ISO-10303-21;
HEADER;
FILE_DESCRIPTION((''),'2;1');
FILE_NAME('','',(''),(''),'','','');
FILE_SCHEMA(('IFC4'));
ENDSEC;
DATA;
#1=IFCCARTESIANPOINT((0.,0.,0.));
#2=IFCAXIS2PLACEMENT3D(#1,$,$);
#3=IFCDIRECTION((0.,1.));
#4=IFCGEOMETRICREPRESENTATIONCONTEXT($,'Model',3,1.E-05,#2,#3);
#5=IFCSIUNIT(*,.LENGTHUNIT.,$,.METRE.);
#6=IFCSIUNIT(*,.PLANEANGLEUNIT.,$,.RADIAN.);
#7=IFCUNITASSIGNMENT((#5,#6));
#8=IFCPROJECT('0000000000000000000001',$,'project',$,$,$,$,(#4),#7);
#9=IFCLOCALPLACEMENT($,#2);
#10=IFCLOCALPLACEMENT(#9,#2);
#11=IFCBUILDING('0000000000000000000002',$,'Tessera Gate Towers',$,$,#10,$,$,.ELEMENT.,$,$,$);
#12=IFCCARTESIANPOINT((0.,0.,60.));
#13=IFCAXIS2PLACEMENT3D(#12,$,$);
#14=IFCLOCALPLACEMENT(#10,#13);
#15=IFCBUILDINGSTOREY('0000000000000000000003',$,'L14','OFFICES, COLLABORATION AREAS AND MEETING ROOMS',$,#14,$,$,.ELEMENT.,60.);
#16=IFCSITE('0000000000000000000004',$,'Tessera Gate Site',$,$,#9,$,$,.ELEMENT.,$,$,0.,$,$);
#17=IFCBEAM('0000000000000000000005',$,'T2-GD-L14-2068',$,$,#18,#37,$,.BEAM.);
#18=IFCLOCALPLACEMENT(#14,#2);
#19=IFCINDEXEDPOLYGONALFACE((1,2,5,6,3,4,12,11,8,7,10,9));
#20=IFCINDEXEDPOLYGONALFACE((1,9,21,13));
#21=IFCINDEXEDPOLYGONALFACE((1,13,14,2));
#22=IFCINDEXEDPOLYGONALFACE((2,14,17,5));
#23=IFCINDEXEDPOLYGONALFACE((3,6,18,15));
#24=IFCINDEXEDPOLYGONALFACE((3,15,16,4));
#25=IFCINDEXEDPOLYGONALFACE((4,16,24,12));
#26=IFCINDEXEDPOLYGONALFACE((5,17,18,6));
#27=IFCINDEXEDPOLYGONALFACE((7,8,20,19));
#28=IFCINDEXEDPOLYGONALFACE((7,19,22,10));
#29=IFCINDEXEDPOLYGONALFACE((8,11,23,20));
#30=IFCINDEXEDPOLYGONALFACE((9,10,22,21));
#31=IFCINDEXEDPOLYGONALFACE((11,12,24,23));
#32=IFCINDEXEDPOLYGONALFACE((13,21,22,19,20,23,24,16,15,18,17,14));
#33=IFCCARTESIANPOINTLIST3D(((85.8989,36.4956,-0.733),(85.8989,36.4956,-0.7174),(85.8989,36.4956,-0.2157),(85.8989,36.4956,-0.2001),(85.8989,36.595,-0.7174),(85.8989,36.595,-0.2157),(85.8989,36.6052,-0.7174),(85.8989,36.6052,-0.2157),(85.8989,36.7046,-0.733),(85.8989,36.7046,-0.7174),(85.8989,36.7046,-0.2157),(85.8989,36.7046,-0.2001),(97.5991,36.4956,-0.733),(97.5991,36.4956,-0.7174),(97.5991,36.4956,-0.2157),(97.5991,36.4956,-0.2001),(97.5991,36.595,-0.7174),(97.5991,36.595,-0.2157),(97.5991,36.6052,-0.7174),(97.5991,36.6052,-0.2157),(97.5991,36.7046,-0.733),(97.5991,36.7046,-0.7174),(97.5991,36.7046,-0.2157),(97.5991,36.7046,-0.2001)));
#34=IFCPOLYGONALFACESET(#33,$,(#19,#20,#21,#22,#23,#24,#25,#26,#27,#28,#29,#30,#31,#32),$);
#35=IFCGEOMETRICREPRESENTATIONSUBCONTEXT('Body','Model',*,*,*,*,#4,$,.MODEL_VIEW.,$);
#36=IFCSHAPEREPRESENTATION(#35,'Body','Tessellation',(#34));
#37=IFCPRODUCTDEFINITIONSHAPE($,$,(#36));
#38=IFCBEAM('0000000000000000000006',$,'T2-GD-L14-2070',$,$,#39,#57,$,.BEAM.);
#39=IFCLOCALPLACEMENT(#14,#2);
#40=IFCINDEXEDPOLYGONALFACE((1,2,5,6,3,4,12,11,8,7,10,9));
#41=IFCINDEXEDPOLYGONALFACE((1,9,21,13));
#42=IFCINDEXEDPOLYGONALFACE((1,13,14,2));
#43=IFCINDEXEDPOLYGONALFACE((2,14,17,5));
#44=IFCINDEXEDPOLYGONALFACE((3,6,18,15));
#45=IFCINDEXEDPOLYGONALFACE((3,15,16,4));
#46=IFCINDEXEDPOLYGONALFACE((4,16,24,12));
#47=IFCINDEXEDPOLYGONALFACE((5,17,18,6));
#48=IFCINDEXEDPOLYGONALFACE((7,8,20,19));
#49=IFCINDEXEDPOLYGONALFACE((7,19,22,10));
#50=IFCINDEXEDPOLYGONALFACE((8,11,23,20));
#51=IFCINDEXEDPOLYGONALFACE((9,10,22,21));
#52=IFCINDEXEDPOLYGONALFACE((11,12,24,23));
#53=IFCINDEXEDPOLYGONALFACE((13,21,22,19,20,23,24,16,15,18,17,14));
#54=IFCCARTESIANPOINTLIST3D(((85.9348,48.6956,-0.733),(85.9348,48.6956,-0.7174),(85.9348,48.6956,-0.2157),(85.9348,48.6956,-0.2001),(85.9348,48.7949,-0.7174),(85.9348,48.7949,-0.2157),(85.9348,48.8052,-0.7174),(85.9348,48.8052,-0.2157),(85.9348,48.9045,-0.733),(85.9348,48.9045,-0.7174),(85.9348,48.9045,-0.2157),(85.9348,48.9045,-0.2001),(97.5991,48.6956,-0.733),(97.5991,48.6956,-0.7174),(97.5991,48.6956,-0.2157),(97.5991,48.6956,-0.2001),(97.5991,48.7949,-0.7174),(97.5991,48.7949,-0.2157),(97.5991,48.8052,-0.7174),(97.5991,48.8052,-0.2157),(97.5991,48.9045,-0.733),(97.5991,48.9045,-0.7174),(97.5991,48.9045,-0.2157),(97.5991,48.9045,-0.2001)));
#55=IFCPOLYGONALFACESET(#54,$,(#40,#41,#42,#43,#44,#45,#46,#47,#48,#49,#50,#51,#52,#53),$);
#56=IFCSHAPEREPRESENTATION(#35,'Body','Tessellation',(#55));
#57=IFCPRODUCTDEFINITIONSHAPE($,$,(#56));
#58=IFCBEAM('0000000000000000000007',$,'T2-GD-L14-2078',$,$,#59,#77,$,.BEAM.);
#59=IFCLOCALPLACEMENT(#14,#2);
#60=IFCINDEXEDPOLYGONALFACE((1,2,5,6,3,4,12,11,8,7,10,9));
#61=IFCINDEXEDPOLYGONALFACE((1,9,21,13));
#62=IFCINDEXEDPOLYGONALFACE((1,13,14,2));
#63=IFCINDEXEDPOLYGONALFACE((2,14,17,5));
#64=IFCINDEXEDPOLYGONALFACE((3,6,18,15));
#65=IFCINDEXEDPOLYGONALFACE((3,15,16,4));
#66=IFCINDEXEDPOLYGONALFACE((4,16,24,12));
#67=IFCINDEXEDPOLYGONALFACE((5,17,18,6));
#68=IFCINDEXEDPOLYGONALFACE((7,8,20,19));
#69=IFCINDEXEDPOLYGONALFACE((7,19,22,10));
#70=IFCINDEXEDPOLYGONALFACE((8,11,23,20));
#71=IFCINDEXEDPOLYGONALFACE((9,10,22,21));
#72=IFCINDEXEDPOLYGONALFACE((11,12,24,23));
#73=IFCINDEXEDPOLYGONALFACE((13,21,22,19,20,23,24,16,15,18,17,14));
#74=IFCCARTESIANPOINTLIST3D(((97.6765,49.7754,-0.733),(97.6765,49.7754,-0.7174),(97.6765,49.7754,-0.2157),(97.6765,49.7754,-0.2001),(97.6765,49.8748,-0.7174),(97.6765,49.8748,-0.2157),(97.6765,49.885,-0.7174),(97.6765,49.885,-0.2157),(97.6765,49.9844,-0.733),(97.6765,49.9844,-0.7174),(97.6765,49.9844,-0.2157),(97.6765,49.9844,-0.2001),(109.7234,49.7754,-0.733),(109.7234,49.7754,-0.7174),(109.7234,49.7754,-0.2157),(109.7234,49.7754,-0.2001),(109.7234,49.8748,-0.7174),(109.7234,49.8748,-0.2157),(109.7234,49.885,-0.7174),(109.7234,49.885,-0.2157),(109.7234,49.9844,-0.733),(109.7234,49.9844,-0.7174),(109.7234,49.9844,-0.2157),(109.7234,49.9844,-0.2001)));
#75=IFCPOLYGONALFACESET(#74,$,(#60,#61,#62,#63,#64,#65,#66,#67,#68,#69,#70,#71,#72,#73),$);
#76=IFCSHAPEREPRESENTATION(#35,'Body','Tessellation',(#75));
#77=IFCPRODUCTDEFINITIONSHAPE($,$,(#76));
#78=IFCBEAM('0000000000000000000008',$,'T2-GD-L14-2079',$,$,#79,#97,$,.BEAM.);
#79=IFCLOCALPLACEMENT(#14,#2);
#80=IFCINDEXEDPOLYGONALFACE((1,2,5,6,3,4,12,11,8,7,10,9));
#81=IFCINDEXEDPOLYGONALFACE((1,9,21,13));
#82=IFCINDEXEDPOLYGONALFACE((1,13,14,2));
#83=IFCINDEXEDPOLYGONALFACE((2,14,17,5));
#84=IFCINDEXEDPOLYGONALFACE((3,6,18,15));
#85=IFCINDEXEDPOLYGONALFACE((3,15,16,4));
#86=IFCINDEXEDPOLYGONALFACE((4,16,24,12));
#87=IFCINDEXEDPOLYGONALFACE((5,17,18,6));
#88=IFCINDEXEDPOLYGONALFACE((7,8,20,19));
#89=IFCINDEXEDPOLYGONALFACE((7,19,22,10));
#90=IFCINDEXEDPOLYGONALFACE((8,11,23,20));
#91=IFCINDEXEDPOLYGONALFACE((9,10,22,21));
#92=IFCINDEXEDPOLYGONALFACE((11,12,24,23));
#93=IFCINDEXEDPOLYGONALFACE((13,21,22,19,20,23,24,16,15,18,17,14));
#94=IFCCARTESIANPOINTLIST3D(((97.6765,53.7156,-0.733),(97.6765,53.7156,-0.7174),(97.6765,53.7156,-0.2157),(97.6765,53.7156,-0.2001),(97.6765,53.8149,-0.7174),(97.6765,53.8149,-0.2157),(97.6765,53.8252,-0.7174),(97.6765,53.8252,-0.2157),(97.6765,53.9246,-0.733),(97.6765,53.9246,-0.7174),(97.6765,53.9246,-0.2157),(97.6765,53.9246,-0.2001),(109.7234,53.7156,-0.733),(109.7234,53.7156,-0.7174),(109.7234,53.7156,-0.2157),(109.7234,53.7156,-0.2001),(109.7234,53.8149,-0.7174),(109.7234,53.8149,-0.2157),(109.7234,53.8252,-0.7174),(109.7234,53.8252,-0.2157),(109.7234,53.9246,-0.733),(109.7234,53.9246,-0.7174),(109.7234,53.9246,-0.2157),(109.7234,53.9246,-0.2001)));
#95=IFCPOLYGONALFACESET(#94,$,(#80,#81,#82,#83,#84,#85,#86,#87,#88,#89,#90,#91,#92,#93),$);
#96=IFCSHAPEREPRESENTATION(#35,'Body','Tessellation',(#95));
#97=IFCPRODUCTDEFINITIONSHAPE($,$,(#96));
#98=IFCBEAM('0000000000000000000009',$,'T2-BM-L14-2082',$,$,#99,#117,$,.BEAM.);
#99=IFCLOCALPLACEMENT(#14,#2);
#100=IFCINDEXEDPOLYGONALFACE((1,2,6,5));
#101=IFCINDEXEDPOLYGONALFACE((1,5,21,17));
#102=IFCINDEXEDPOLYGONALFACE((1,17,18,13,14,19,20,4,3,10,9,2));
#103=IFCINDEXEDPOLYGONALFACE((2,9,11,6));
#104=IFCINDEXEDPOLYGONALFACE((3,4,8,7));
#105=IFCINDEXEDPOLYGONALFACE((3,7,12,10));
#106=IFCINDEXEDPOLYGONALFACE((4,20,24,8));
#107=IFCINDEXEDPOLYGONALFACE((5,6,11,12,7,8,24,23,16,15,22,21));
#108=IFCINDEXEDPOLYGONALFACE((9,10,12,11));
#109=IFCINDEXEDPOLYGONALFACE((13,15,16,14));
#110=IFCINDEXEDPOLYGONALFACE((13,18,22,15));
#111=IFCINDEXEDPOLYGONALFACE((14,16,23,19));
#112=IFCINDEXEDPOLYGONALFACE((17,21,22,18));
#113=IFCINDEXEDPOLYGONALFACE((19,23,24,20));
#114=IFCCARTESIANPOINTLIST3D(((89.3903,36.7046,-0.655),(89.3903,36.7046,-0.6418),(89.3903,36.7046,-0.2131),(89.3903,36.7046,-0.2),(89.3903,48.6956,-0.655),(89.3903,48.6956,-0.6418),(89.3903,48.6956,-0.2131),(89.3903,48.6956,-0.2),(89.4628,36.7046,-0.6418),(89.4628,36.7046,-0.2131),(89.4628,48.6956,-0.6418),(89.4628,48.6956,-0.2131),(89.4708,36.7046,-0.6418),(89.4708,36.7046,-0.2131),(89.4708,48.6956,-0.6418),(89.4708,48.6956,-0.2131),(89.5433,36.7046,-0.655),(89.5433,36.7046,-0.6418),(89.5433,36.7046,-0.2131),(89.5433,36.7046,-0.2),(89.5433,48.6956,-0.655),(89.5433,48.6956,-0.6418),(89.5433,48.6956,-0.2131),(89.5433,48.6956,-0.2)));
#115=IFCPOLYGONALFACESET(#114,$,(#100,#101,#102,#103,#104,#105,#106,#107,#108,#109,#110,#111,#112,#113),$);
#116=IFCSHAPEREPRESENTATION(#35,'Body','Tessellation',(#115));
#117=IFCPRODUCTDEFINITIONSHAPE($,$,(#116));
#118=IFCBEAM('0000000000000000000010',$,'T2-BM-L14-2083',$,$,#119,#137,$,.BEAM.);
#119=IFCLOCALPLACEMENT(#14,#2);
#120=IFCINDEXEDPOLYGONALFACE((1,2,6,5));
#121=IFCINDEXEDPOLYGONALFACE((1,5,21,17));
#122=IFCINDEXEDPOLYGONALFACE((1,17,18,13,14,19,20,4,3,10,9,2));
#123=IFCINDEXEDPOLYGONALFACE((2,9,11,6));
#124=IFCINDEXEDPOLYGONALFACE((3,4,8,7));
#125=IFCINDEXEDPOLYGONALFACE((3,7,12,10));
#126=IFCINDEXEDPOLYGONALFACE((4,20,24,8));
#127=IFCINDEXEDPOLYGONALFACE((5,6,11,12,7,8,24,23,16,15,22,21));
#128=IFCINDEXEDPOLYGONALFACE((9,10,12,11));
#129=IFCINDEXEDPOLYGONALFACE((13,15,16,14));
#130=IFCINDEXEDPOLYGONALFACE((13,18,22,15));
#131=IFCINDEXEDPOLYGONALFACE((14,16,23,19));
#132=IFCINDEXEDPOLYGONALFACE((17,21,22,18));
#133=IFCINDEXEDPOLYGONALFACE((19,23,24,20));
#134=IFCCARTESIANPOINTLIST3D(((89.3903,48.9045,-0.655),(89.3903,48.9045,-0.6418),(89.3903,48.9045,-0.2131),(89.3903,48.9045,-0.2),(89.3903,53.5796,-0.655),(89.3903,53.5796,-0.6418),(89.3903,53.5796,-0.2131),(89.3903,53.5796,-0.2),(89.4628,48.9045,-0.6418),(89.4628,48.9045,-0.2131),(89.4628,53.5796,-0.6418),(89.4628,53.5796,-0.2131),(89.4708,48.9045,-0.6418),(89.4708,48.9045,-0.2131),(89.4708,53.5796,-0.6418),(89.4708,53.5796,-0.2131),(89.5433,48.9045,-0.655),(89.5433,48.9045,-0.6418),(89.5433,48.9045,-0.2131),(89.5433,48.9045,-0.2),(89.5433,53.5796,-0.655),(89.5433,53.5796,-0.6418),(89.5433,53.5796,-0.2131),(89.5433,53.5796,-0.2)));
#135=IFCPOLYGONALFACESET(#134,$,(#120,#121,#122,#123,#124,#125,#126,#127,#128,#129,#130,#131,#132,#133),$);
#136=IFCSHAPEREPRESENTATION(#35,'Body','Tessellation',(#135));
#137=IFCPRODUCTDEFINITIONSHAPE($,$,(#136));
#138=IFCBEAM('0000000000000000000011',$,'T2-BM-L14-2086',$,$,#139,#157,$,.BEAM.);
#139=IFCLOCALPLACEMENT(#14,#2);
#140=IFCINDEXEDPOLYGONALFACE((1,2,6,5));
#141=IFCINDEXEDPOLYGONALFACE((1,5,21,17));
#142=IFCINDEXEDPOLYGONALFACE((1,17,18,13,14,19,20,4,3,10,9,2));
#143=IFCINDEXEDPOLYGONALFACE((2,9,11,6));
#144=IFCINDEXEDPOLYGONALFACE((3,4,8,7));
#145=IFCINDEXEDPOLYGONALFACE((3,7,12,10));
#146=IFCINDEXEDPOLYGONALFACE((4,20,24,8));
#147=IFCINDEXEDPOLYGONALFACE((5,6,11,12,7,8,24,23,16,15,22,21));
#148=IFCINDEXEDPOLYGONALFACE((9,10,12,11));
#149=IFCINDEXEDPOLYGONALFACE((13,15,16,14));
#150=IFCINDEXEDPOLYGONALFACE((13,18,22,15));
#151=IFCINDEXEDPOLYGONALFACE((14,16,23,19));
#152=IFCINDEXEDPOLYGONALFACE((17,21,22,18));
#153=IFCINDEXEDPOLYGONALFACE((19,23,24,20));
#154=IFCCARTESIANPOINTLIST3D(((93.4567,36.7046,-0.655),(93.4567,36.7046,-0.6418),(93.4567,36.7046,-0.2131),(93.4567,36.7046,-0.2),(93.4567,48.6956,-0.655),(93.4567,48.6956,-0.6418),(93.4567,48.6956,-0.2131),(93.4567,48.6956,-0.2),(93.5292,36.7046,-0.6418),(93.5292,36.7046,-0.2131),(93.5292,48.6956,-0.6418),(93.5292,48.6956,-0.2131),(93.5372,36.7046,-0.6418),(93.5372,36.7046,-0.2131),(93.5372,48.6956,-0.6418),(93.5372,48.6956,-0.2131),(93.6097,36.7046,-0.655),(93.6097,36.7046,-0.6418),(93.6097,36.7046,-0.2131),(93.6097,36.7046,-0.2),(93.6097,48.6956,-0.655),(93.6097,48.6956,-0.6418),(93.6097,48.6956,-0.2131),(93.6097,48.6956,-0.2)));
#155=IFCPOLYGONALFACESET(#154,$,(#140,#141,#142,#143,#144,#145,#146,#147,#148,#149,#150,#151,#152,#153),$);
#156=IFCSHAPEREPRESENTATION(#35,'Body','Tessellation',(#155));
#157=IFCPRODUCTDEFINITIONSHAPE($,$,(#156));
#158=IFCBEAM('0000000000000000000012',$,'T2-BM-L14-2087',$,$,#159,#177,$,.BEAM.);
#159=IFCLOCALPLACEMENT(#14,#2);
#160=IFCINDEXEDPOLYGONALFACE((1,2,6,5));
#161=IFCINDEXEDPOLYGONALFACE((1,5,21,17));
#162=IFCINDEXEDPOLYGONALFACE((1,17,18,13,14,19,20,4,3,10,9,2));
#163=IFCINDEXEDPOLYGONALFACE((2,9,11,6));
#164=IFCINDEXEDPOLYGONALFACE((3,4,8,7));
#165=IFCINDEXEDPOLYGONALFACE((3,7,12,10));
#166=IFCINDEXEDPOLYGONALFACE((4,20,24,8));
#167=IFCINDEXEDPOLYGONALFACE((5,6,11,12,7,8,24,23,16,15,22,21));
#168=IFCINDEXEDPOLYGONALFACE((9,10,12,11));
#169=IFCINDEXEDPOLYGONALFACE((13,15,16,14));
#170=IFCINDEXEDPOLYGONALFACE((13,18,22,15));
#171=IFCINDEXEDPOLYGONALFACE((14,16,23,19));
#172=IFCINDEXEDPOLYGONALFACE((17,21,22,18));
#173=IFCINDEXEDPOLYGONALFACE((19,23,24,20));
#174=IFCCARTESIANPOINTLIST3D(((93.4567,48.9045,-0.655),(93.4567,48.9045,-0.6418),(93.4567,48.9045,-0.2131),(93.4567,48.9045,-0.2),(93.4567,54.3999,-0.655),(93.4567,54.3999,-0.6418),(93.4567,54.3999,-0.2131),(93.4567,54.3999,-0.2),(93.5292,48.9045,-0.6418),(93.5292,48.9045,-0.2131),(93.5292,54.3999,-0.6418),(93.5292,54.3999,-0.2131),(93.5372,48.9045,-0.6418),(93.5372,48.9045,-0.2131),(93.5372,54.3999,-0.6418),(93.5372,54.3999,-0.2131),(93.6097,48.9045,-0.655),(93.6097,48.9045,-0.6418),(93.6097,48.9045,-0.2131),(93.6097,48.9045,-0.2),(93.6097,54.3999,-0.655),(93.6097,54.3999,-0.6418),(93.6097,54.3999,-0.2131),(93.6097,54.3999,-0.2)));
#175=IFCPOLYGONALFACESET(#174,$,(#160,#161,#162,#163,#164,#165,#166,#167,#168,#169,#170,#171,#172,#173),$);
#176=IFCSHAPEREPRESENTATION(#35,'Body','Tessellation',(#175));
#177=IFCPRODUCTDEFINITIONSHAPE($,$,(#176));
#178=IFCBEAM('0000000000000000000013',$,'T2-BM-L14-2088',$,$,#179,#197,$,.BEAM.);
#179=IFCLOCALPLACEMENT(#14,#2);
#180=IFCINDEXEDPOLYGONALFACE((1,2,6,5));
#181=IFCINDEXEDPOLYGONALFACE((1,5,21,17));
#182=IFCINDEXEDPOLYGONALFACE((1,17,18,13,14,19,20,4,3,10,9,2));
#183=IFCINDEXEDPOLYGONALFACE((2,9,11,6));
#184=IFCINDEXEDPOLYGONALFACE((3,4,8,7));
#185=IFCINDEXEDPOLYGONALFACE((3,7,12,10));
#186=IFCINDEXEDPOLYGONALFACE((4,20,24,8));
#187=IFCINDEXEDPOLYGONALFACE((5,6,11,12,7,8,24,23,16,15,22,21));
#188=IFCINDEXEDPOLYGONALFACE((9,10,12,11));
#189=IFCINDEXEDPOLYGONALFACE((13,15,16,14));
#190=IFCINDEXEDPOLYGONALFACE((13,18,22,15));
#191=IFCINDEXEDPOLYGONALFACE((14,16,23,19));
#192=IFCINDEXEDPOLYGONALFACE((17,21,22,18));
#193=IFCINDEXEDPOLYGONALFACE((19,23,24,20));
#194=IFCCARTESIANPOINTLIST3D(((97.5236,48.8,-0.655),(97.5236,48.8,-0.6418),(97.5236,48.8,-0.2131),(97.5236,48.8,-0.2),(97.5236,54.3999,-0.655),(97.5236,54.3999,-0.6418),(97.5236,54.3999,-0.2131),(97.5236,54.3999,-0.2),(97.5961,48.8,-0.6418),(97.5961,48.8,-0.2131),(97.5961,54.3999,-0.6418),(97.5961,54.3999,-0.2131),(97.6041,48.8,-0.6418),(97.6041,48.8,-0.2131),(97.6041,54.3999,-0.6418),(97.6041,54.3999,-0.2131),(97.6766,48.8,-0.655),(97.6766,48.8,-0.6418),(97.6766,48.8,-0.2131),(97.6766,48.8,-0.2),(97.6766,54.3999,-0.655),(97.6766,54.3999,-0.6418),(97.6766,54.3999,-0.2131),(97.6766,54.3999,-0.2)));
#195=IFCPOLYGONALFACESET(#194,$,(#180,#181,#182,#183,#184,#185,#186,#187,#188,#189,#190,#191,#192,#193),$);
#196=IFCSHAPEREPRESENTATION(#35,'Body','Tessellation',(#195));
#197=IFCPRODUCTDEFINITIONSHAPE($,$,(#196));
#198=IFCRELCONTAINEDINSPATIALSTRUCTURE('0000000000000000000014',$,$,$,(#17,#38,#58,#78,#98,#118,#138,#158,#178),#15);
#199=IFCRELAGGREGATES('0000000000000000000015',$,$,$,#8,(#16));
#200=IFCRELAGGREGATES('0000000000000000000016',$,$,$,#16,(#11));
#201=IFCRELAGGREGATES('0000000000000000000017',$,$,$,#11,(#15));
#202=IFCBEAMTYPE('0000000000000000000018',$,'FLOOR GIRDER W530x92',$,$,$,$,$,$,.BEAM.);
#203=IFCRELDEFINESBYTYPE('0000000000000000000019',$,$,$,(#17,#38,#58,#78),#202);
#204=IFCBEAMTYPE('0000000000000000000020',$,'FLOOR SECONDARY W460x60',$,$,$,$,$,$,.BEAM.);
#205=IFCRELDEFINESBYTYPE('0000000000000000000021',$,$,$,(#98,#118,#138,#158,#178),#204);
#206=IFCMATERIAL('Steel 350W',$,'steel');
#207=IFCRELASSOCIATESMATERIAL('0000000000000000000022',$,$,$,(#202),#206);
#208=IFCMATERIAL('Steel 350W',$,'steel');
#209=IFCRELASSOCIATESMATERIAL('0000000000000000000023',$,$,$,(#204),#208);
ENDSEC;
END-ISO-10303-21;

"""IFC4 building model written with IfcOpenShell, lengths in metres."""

from ifc_helpers import new_model, si_unit, direction, frame, origin, origin_2d, place, context, subcontext, project, spatial, i_section, extrude, material, material_profile, profile_set, type_object, element, save


model = new_model("IFC4")

# Units and contexts
model_context = context("Model", 3, precision=1e-05, world=origin(), true_north=direction((0.0, 1.0)))
body_context = subcontext(model_context, "Body", "Model", "MODEL_VIEW")
ifc_project = project(units=[si_unit("LENGTHUNIT", "METRE"), si_unit("PLANEANGLEUNIT", "RADIAN")], contexts=[model_context])

# Site, building, storey
site_placement = place(None, origin())
site = spatial("IfcSite", under=ifc_project, at=site_placement, Name="Tessera Gate Site", CompositionType="ELEMENT", RefElevation=0.0)
building_placement = place(site_placement, origin())
building = spatial("IfcBuilding", under=site, at=building_placement, Name="Tessera Gate Towers", CompositionType="ELEMENT")
storey_placement = place(building_placement, frame((0.0, 0.0, 60.0)))
storey = spatial("IfcBuildingStorey", under=building, at=storey_placement, Name="L14", Description="OFFICES, COLLABORATION AREAS AND MEETING ROOMS", CompositionType="ELEMENT", Elevation=60.0)

# Beams
ifc_material_1 = material(Name="Steel 350W", Category="steel")
ifc_material_profile_1 = material_profile(ifc_material_1, i_section(OverallWidth=0.209, OverallDepth=0.533, WebThickness=0.0103, FlangeThickness=0.0156, at=origin_2d()), Name="W530x92")
ifc_profile_set_1 = profile_set([ifc_material_profile_1], Name="Steel 350W")
beam_type_1 = type_object("IfcBeamType", Name="FLOOR GIRDER W530x92", PredefinedType="BEAM", material=ifc_profile_set_1)
beam_1_placement = place(storey_placement, frame((85.8989, 36.6001, -0.4666), z_axis=(1.0, 0.0, 0.0), x_axis=(0.0, 1.0, 0.0)))
element("IfcBeam", 1, at=beam_1_placement, inside=storey, type_object=beam_type_1, Name="T2-GD-L14-2068", PredefinedType="BEAM", context=body_context, shape_type="SweptSolid", body=[
    extrude(i_section(OverallWidth=0.209, OverallDepth=0.533, WebThickness=0.0103, FlangeThickness=0.0156, at=origin_2d()), origin(), (0.0, 0.0, 1.0), 11.7002),
])
beam_2_placement = place(storey_placement, frame((85.9348, 48.8, -0.4666), z_axis=(1.0, 0.0, 0.0), x_axis=(0.0, 1.0, 0.0)))
element("IfcBeam", 2, at=beam_2_placement, inside=storey, type_object=beam_type_1, Name="T2-GD-L14-2070", PredefinedType="BEAM", context=body_context, shape_type="SweptSolid", body=[
    extrude(i_section(OverallWidth=0.209, OverallDepth=0.533, WebThickness=0.0103, FlangeThickness=0.0156, at=origin_2d()), origin(), (0.0, 0.0, 1.0), 11.6643),
])
for number, where, z_axis, x_axis, name in (
    (3, (97.6765, 49.8799, -0.4666), (1.0, 0.0, 0.0), (0.0, 1.0, 0.0), "T2-GD-L14-2078"),
    (4, (97.6765, 53.8201, -0.4666), (1.0, 0.0, 0.0), (0.0, 1.0, 0.0), "T2-GD-L14-2079"),
):
    element("IfcBeam", number, at=place(storey_placement, frame(where, z_axis=z_axis, x_axis=x_axis)), inside=storey, type_object=beam_type_1, Name=name, PredefinedType="BEAM", context=body_context, shape_type="SweptSolid", body=[
        extrude(i_section(OverallWidth=0.209, OverallDepth=0.533, WebThickness=0.0103, FlangeThickness=0.0156, at=origin_2d()), origin(), (0.0, 0.0, 1.0), 12.0469),
    ])
ifc_material_2 = material(Name="Steel 350W", Category="steel")
ifc_material_profile_2 = material_profile(ifc_material_2, i_section(OverallWidth=0.1531, OverallDepth=0.4551, WebThickness=0.0081, FlangeThickness=0.0132, at=origin_2d()), Name="W460x60")
ifc_profile_set_2 = profile_set([ifc_material_profile_2], Name="Steel 350W")
beam_type_2 = type_object("IfcBeamType", Name="FLOOR SECONDARY W460x60", PredefinedType="BEAM", material=ifc_profile_set_2)
beam_3_placement = place(storey_placement, frame((89.4668, 36.7046, -0.4275), z_axis=(0.0, 1.0, 0.0), x_axis=(-1.0, 0.0, 0.0)))
element("IfcBeam", 5, at=beam_3_placement, inside=storey, type_object=beam_type_2, Name="T2-BM-L14-2082", PredefinedType="BEAM", context=body_context, shape_type="SweptSolid", body=[
    extrude(i_section(OverallWidth=0.1531, OverallDepth=0.4551, WebThickness=0.0081, FlangeThickness=0.0132, at=origin_2d()), origin(), (0.0, 0.0, 1.0), 11.991),
])
beam_4_placement = place(storey_placement, frame((89.4668, 48.9045, -0.4275), z_axis=(0.0, 1.0, 0.0), x_axis=(-1.0, 0.0, 0.0)))
element("IfcBeam", 6, at=beam_4_placement, inside=storey, type_object=beam_type_2, Name="T2-BM-L14-2083", PredefinedType="BEAM", context=body_context, shape_type="SweptSolid", body=[
    extrude(i_section(OverallWidth=0.1531, OverallDepth=0.4551, WebThickness=0.0081, FlangeThickness=0.0132, at=origin_2d()), origin(), (0.0, 0.0, 1.0), 4.675),
])
beam_5_placement = place(storey_placement, frame((93.5332, 36.7046, -0.4275), z_axis=(0.0, 1.0, 0.0), x_axis=(-1.0, 0.0, 0.0)))
element("IfcBeam", 7, at=beam_5_placement, inside=storey, type_object=beam_type_2, Name="T2-BM-L14-2086", PredefinedType="BEAM", context=body_context, shape_type="SweptSolid", body=[
    extrude(i_section(OverallWidth=0.1531, OverallDepth=0.4551, WebThickness=0.0081, FlangeThickness=0.0132, at=origin_2d()), origin(), (0.0, 0.0, 1.0), 11.991),
])
beam_6_placement = place(storey_placement, frame((93.5332, 48.9045, -0.4275), z_axis=(0.0, 1.0, 0.0), x_axis=(-1.0, 0.0, 0.0)))
element("IfcBeam", 8, at=beam_6_placement, inside=storey, type_object=beam_type_2, Name="T2-BM-L14-2087", PredefinedType="BEAM", context=body_context, shape_type="SweptSolid", body=[
    extrude(i_section(OverallWidth=0.1531, OverallDepth=0.4551, WebThickness=0.0081, FlangeThickness=0.0132, at=origin_2d()), origin(), (0.0, 0.0, 1.0), 5.4954),
])
beam_7_placement = place(storey_placement, frame((97.6001, 48.8, -0.4275), z_axis=(0.0, 1.0, 0.0), x_axis=(-1.0, 0.0, 0.0)))
element("IfcBeam", 9, at=beam_7_placement, inside=storey, type_object=beam_type_2, Name="T2-BM-L14-2088", PredefinedType="BEAM", context=body_context, shape_type="SweptSolid", body=[
    extrude(i_section(OverallWidth=0.1531, OverallDepth=0.4551, WebThickness=0.0081, FlangeThickness=0.0132, at=origin_2d()), origin(), (0.0, 0.0, 1.0), 5.5999),
])

save(model, "model.ifc")
